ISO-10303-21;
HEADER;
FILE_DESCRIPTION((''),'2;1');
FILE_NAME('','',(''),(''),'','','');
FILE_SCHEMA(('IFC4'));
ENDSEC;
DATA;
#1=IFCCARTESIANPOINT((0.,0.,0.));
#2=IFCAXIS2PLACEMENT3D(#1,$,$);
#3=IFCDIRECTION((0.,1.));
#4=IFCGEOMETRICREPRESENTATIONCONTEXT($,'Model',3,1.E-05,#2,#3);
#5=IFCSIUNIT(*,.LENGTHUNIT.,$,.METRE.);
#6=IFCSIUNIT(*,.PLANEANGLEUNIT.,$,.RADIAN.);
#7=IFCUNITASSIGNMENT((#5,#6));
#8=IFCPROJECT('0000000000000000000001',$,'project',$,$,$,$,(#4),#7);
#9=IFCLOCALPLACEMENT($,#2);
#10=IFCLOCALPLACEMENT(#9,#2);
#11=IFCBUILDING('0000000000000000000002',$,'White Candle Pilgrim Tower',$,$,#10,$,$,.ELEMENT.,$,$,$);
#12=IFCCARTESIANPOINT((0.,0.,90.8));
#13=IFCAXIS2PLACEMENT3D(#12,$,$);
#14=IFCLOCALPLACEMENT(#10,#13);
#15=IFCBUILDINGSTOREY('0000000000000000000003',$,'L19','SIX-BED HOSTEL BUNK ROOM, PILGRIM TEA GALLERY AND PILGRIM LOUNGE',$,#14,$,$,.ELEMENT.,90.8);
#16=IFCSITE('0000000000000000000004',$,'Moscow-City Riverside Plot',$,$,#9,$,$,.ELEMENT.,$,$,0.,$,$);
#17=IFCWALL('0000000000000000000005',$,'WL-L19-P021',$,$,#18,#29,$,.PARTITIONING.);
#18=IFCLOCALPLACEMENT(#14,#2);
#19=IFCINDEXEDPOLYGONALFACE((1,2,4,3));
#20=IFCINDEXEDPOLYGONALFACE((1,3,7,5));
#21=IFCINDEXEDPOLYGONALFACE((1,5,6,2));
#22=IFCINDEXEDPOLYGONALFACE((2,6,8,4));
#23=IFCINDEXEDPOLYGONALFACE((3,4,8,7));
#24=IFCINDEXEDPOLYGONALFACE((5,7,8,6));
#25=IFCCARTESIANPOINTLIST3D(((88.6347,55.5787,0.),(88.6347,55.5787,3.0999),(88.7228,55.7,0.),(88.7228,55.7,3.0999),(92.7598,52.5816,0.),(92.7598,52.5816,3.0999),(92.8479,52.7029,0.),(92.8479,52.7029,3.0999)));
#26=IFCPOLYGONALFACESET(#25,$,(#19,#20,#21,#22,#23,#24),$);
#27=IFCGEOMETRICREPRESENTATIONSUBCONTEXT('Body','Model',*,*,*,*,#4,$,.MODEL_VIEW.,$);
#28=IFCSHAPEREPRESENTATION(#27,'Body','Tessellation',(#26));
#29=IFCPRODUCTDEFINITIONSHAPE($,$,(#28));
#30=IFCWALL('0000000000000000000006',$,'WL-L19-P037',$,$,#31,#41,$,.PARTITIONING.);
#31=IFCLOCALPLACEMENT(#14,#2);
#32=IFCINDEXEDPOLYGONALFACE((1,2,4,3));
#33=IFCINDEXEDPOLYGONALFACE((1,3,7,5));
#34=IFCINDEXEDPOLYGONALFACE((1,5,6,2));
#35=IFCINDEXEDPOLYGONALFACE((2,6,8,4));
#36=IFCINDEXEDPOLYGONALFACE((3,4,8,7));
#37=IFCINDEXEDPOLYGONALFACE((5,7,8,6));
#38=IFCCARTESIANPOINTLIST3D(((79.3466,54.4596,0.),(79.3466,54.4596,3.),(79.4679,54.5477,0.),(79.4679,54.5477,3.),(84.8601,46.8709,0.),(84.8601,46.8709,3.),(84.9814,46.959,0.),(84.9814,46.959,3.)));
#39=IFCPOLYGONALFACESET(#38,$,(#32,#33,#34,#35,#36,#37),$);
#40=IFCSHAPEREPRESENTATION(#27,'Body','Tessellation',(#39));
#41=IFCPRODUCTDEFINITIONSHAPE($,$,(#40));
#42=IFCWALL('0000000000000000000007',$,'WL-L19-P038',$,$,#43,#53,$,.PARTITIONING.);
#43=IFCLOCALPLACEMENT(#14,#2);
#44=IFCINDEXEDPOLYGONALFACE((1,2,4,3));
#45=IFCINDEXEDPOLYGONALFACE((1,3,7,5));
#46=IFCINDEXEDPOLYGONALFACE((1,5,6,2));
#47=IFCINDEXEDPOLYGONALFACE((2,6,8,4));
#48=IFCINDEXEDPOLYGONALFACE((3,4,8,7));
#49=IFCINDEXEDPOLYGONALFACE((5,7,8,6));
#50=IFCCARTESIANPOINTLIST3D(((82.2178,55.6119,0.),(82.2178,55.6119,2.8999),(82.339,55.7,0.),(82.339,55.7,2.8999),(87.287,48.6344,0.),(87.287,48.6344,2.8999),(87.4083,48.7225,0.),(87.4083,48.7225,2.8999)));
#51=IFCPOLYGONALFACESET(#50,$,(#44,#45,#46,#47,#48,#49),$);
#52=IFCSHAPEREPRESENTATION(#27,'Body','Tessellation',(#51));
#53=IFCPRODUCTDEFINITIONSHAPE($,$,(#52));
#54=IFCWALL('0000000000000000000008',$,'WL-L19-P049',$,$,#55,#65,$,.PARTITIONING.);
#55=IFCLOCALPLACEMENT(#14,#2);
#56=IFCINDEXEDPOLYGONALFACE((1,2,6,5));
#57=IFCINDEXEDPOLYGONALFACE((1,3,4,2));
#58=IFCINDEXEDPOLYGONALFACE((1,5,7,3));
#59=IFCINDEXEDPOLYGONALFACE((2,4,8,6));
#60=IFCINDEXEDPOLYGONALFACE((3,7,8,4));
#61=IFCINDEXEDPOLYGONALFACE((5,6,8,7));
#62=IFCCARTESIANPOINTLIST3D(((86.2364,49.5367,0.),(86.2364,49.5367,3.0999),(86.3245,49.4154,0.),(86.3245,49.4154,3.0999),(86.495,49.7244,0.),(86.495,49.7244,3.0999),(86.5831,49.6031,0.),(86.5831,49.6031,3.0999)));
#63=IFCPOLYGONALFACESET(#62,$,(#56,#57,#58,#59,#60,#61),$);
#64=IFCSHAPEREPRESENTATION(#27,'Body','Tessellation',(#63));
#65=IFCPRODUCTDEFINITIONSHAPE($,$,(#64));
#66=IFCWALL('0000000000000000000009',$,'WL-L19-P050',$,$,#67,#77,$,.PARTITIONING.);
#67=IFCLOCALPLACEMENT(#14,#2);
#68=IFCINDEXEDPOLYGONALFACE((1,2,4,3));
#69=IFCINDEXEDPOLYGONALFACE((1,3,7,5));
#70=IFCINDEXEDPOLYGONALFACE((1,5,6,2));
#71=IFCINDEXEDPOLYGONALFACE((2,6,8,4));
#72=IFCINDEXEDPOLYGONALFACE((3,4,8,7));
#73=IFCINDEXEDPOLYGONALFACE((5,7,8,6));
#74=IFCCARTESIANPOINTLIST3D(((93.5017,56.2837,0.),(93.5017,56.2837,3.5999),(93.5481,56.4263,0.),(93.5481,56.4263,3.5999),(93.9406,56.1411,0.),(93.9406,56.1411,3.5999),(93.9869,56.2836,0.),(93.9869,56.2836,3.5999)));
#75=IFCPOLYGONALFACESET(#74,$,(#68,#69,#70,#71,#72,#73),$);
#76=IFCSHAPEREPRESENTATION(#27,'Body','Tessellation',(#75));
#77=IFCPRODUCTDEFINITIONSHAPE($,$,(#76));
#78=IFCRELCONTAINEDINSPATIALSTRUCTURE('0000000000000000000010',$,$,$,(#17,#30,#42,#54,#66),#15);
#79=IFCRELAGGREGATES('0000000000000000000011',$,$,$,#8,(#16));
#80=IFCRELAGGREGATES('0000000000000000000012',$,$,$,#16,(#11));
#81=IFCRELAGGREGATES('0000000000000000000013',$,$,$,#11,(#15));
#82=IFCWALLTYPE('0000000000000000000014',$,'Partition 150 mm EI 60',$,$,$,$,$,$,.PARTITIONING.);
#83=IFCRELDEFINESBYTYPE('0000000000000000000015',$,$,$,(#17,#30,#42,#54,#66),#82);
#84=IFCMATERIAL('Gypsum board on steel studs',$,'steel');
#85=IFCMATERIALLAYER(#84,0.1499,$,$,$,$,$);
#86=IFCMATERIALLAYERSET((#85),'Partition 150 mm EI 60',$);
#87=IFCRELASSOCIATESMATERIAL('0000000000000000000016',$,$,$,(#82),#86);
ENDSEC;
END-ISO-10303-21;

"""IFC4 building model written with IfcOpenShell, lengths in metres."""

from ifc_helpers import new_model, si_unit, direction, frame, frame_2d, origin, place, context, subcontext, project, spatial, rectangle, extrude, material, layer, layer_set, type_object, element, save


model = new_model("IFC4")

# Units and contexts
model_context = context("Model", 3, precision=1e-05, world=origin(), true_north=direction((0.0, 1.0)))
body_context = subcontext(model_context, "Body", "Model", "MODEL_VIEW")
ifc_project = project(units=[si_unit("LENGTHUNIT", "METRE"), si_unit("PLANEANGLEUNIT", "RADIAN")], contexts=[model_context])

# Site, building, storey
site_placement = place(None, origin())
site = spatial("IfcSite", under=ifc_project, at=site_placement, Name="Moscow-City Riverside Plot", CompositionType="ELEMENT", RefElevation=0.0)
building_placement = place(site_placement, origin())
building = spatial("IfcBuilding", under=site, at=building_placement, Name="White Candle Pilgrim Tower", CompositionType="ELEMENT")
storey_placement = place(building_placement, frame((0.0, 0.0, 90.8)))
storey = spatial("IfcBuildingStorey", under=building, at=storey_placement, Name="L19", Description="SIX-BED HOSTEL BUNK ROOM, PILGRIM TEA GALLERY AND PILGRIM LOUNGE", CompositionType="ELEMENT", Elevation=90.8)

# Shared definitions
ifc_material_1 = material(Name="Gypsum board on steel studs", Category="steel")

# Walls
ifc_layer_1 = layer(ifc_material_1, 0.1499)
ifc_layer_set_1 = layer_set([ifc_layer_1], Name="Partition 150 mm EI 60")
wall_type_1 = type_object("IfcWallType", Name="Partition 150 mm EI 60", PredefinedType="PARTITIONING", material=ifc_layer_set_1)
wall_1_placement = place(storey_placement, frame((92.8037, 52.6423, 0.0), z_axis=(0.0, 0.0, 1.0), x_axis=(-0.809009, 0.587796, 0.0)))
element("IfcWall", 1, at=wall_1_placement, inside=storey, type_object=wall_type_1, Name="WL-L19-P021", PredefinedType="PARTITIONING", context=body_context, shape_type="SweptSolid", body=[
    extrude(rectangle(XDim=5.0989, YDim=0.1499, at=frame_2d((2.5493, 0.0))), origin(), (0.0, 0.0, 1.0), 3.0999),
])
wall_2_placement = place(storey_placement, frame((84.9207, 46.915, 0.0), z_axis=(0.0, 0.0, 1.0), x_axis=(-0.587783, 0.809018, 0.0)))
element("IfcWall", 2, at=wall_2_placement, inside=storey, type_object=wall_type_1, Name="WL-L19-P037", PredefinedType="PARTITIONING", context=body_context, shape_type="SweptSolid", body=[
    extrude(rectangle(XDim=9.3801, YDim=0.1499, at=frame_2d((4.6899, 0.0))), origin(), (0.0, 0.0, 1.0), 3.0),
])
wall_3_placement = place(storey_placement, frame((87.3477, 48.6785, 0.0), z_axis=(0.0, 0.0, 1.0), x_axis=(-0.587774, 0.809025, 0.0)))
element("IfcWall", 3, at=wall_3_placement, inside=storey, type_object=wall_type_1, Name="WL-L19-P038", PredefinedType="PARTITIONING", context=body_context, shape_type="SweptSolid", body=[
    extrude(rectangle(XDim=8.6245, YDim=0.1499, at=frame_2d((4.3123, 0.0))), origin(), (0.0, 0.0, 1.0), 2.8999),
])
wall_4_placement = place(storey_placement, frame((86.2805, 49.4761, 0.0), z_axis=(0.0, 0.0, 1.0), x_axis=(0.809165, 0.587581, 0.0)))
element("IfcWall", 4, at=wall_4_placement, inside=storey, type_object=wall_type_1, Name="WL-L19-P049", PredefinedType="PARTITIONING", context=body_context, shape_type="SweptSolid", body=[
    extrude(rectangle(XDim=0.3196, YDim=0.1499, at=frame_2d((0.1597, 0.0))), origin(), (0.0, 0.0, 1.0), 3.0999),
])
wall_5_placement = place(storey_placement, frame((93.5249, 56.355, 0.0), z_axis=(0.0, 0.0, 1.0), x_axis=(0.951038, -0.309074, 0.0)))
element("IfcWall", 5, at=wall_5_placement, inside=storey, type_object=wall_type_1, Name="WL-L19-P050", PredefinedType="PARTITIONING", context=body_context, shape_type="SweptSolid", body=[
    extrude(rectangle(XDim=0.4614, YDim=0.1499, at=frame_2d((0.2307, 0.0))), origin(), (0.0, 0.0, 1.0), 3.5999),
])

save(model, "model.ifc")
